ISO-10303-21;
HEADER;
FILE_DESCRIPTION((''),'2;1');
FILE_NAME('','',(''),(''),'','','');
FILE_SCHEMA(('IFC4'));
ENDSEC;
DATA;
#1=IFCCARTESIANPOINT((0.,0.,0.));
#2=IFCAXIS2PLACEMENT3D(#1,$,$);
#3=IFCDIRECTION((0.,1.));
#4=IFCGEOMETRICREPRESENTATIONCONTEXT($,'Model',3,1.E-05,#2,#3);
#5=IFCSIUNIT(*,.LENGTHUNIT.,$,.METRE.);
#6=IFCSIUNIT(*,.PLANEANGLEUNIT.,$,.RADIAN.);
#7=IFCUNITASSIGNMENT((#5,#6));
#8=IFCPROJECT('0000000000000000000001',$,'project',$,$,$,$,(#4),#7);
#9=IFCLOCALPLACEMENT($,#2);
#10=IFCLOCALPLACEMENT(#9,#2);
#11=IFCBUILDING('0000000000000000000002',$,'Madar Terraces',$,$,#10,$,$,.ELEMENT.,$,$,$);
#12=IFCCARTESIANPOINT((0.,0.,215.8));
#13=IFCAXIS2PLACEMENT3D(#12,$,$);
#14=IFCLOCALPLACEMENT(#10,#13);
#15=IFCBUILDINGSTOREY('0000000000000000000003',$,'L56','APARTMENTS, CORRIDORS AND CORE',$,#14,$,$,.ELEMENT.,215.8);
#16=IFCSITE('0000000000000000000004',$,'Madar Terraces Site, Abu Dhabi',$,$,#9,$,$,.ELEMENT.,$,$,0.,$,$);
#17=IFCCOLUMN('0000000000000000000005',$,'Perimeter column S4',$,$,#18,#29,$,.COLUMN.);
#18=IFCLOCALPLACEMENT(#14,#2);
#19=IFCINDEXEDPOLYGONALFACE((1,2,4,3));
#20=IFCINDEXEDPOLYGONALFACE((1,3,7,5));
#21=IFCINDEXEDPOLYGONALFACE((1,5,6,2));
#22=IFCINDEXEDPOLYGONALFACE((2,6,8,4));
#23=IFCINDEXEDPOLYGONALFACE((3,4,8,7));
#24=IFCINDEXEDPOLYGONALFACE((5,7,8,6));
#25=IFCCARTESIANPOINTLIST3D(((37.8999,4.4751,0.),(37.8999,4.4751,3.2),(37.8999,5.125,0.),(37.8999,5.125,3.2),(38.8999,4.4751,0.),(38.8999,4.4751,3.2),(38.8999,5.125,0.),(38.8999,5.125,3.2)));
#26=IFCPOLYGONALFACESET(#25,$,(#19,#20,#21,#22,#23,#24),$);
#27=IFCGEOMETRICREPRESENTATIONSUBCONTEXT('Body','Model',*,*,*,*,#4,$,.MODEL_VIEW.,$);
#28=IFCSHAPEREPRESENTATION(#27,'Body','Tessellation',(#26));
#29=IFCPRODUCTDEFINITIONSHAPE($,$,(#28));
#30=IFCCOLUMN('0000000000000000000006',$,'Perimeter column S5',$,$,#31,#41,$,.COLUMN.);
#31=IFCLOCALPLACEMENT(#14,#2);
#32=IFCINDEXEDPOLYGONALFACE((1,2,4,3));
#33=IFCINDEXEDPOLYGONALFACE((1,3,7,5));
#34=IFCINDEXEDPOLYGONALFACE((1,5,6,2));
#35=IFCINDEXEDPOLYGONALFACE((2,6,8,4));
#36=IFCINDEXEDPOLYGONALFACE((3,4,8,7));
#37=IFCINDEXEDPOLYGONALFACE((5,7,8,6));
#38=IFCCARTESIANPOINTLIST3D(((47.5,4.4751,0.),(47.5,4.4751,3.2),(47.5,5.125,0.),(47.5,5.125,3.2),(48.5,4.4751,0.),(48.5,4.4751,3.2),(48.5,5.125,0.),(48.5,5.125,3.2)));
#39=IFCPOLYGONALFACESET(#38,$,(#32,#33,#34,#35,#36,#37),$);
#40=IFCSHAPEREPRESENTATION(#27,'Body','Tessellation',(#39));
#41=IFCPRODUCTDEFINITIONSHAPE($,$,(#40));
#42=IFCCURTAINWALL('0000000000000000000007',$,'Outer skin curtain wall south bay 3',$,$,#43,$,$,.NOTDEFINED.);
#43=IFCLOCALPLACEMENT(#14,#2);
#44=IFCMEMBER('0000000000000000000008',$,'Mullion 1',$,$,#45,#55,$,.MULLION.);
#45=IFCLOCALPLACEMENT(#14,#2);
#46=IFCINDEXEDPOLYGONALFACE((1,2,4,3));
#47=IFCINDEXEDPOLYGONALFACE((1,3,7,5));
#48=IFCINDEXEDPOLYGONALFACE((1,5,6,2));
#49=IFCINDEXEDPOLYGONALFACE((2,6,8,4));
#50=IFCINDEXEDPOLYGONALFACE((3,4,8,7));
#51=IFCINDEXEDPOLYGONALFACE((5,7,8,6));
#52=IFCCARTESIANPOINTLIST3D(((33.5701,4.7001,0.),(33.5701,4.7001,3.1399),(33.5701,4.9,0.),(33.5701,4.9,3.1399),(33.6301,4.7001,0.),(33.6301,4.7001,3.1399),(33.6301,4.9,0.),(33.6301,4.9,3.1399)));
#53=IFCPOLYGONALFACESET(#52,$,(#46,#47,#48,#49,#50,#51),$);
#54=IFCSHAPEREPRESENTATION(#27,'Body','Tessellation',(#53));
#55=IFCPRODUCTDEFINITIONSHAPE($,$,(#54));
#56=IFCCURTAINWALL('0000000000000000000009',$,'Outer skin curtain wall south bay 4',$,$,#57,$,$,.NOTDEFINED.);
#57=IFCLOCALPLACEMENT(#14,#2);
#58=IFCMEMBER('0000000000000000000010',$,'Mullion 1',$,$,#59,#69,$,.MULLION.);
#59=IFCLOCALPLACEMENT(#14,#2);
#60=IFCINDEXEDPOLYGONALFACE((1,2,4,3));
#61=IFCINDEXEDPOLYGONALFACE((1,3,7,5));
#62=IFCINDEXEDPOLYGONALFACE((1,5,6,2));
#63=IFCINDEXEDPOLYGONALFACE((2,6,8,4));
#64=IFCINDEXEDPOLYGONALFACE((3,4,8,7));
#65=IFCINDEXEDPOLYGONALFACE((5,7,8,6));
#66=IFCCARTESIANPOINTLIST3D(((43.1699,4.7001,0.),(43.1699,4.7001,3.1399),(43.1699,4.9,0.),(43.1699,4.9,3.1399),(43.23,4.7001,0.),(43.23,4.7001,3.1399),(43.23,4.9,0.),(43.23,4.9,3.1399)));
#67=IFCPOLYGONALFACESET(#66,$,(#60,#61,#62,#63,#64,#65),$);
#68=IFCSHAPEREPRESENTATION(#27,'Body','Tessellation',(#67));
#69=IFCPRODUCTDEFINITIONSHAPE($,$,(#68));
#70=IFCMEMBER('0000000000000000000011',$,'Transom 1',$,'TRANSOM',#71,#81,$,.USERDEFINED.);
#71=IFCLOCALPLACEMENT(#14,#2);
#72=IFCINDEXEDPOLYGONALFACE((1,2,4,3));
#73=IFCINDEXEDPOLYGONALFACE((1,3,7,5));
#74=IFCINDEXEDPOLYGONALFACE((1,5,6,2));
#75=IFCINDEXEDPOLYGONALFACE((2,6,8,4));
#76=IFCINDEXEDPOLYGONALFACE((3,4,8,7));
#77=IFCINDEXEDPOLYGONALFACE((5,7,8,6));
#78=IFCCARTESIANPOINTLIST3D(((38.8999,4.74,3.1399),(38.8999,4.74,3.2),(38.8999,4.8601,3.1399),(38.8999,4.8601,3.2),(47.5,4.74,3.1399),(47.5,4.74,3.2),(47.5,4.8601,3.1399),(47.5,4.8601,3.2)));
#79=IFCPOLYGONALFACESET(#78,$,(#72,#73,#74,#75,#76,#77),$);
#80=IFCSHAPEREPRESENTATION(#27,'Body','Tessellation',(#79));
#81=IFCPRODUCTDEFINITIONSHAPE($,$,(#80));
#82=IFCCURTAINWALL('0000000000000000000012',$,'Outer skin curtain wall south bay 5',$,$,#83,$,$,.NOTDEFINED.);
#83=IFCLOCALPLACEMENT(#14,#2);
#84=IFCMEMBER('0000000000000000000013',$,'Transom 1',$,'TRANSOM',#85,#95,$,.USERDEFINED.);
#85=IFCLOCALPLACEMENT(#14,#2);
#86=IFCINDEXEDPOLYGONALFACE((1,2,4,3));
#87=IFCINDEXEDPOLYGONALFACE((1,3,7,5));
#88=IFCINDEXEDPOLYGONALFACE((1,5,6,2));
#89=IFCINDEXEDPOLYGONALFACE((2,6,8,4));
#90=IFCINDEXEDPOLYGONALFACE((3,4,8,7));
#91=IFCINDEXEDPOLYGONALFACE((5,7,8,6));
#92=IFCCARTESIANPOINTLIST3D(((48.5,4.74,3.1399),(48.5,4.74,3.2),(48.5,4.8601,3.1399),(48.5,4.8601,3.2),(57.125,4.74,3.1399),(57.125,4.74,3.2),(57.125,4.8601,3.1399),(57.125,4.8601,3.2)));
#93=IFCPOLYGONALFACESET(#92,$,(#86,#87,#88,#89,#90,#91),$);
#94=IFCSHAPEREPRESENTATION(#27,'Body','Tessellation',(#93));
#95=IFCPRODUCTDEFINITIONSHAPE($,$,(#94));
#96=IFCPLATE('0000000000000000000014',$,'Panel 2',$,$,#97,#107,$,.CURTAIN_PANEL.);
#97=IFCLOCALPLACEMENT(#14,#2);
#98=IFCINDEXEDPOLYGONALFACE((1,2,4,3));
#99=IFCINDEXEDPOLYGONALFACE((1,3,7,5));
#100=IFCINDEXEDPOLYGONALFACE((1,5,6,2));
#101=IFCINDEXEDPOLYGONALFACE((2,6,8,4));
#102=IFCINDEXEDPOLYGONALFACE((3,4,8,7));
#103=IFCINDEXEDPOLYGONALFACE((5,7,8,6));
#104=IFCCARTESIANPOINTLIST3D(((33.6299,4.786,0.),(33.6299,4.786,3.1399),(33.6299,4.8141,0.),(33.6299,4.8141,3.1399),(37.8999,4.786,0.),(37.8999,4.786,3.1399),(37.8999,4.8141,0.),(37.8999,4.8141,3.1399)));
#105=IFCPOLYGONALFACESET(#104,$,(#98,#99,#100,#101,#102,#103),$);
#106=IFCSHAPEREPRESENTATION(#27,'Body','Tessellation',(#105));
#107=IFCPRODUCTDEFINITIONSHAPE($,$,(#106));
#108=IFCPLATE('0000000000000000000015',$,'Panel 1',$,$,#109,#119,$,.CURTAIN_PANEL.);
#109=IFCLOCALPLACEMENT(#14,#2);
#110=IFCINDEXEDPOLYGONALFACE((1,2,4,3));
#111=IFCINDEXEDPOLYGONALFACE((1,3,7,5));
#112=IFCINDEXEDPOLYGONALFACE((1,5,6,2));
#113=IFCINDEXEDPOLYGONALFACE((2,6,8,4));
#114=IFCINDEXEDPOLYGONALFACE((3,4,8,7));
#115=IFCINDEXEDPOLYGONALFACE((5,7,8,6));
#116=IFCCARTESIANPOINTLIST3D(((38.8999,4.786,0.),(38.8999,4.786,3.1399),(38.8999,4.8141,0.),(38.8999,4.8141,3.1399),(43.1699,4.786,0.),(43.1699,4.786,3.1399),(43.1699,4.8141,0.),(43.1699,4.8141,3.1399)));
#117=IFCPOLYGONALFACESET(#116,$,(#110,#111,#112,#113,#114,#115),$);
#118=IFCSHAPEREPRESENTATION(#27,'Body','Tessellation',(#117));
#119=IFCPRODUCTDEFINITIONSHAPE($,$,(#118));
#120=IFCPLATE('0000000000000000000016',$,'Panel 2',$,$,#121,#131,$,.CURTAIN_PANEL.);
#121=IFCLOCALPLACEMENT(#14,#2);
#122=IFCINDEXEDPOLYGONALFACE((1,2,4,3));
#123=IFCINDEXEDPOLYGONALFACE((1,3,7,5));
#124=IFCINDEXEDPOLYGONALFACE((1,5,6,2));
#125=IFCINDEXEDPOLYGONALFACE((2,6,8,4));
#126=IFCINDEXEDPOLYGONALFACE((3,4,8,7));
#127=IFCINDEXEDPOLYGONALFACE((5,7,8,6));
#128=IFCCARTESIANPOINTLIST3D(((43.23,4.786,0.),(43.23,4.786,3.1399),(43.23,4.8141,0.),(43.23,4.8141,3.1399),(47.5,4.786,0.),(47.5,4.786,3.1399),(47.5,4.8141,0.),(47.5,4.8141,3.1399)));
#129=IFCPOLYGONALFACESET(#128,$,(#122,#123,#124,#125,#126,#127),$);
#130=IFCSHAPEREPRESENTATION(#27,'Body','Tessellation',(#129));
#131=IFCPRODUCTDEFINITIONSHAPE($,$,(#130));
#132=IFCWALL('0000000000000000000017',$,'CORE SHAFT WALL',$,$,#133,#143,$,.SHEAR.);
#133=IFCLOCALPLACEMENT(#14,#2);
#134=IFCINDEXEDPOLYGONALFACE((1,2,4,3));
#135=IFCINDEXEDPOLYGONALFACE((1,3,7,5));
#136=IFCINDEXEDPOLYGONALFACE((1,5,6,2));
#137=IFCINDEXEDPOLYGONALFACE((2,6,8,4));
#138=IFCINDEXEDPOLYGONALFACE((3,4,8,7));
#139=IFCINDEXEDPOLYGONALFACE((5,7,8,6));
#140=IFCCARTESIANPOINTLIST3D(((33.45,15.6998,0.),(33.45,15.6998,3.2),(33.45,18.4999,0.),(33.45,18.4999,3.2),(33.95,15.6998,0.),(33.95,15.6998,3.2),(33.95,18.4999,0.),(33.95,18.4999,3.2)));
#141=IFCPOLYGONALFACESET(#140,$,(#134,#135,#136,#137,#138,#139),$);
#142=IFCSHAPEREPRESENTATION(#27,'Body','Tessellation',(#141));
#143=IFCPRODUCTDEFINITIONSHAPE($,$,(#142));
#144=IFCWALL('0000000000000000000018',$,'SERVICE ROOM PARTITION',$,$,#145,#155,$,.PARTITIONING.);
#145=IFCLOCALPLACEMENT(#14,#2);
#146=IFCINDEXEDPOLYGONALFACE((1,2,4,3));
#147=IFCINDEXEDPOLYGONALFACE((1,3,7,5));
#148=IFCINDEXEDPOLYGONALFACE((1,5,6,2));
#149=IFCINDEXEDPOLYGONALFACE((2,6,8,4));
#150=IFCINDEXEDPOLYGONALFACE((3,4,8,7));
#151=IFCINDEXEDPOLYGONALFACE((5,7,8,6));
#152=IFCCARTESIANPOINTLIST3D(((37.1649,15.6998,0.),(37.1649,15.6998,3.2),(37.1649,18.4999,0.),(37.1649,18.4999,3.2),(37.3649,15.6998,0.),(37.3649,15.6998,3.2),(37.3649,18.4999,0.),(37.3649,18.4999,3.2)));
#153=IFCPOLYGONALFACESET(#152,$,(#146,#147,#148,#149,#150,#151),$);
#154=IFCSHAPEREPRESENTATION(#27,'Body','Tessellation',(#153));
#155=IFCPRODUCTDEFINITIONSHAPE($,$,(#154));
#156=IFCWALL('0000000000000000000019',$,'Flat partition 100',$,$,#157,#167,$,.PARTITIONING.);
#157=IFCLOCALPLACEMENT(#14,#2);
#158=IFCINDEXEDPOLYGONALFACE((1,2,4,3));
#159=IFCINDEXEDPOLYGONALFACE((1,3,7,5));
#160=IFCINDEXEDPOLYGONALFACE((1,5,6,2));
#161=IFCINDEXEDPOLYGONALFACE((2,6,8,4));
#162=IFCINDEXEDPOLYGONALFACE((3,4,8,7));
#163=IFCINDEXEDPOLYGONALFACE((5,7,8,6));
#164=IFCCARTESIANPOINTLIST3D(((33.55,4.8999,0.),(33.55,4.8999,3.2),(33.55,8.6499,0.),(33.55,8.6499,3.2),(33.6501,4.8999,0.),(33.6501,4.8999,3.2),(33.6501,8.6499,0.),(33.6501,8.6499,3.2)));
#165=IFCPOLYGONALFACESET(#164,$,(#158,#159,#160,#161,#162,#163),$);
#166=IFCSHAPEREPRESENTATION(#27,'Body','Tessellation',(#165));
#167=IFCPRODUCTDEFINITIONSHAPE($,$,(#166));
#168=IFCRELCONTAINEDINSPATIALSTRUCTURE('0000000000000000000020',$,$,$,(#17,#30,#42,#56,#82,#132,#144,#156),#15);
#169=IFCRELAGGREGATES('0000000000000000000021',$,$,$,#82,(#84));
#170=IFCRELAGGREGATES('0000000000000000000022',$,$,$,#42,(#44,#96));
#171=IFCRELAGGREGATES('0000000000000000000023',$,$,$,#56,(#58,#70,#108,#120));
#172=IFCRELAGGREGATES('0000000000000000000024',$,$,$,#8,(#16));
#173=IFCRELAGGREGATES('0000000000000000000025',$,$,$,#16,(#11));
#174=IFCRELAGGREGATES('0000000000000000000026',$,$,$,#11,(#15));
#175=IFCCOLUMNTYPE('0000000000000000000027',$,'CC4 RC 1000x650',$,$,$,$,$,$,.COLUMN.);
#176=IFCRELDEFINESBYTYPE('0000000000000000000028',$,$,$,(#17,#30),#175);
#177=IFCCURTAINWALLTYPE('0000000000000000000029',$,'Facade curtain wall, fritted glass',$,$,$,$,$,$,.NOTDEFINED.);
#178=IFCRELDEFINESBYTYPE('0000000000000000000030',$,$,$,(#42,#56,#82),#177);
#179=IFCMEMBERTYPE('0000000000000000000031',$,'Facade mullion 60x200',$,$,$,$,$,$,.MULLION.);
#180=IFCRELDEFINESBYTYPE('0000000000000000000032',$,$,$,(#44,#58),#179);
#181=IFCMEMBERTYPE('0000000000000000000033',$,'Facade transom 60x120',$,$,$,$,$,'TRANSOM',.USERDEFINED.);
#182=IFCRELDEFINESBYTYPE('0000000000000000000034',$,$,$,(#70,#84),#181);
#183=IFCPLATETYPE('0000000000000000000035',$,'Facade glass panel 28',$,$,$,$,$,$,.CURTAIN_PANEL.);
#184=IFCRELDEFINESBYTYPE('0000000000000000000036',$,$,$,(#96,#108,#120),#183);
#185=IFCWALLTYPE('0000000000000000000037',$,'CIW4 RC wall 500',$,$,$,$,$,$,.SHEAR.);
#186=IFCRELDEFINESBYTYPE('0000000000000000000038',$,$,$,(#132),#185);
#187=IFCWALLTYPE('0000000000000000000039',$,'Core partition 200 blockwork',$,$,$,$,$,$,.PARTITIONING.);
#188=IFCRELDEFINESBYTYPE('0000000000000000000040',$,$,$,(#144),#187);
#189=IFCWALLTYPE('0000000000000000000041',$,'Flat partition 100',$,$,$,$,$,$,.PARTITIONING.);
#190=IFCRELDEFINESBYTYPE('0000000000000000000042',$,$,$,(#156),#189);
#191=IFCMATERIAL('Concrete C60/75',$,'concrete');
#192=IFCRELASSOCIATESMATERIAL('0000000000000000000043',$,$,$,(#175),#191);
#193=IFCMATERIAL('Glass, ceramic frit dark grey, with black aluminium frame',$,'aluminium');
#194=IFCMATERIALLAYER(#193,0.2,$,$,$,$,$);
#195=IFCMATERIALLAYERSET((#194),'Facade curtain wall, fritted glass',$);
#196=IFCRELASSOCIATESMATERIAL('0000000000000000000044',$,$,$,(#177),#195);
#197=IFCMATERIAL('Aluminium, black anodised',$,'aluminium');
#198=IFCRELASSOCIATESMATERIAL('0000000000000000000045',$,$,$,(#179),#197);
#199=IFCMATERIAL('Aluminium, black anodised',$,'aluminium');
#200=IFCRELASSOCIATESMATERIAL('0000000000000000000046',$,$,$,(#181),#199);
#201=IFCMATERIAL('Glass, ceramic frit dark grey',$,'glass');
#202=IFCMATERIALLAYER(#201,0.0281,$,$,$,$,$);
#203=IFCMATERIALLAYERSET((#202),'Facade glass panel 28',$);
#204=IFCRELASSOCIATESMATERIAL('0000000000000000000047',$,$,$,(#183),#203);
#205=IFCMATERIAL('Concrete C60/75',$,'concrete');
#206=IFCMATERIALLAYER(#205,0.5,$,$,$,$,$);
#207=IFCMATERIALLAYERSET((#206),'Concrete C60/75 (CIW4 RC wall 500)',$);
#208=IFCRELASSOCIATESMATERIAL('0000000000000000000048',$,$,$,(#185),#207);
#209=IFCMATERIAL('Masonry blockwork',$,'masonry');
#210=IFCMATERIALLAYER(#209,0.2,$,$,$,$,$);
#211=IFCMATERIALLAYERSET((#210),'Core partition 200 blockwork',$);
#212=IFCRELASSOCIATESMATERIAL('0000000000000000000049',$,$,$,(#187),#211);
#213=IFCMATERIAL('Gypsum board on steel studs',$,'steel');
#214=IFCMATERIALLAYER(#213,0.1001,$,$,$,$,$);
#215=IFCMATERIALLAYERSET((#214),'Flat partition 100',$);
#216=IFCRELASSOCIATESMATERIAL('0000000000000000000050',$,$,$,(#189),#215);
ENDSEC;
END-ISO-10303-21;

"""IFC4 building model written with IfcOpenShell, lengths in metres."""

from ifc_helpers import new_model, si_unit, direction, frame, frame_2d, origin, origin_2d, place, context, subcontext, project, spatial, rectangle, extrude, material, layer, layer_set, material_profile, profile_set, type_object, element, aggregate, save


model = new_model("IFC4")

# Units and contexts
model_context = context("Model", 3, precision=1e-05, world=origin(), true_north=direction((0.0, 1.0)))
body_context = subcontext(model_context, "Body", "Model", "MODEL_VIEW")
ifc_project = project(units=[si_unit("LENGTHUNIT", "METRE"), si_unit("PLANEANGLEUNIT", "RADIAN")], contexts=[model_context])

# Site, building, storey
site_placement = place(None, origin())
site = spatial("IfcSite", under=ifc_project, at=site_placement, Name="Madar Terraces Site, Abu Dhabi", CompositionType="ELEMENT", RefElevation=0.0)
building_placement = place(site_placement, origin())
building = spatial("IfcBuilding", under=site, at=building_placement, Name="Madar Terraces", CompositionType="ELEMENT")
storey_placement = place(building_placement, frame((0.0, 0.0, 215.8)))
storey = spatial("IfcBuildingStorey", under=building, at=storey_placement, Name="L56", Description="APARTMENTS, CORRIDORS AND CORE", CompositionType="ELEMENT", Elevation=215.8)

# Columns
ifc_material_1 = material(Name="Concrete C60/75", Category="concrete")
ifc_material_profile_1 = material_profile(ifc_material_1, rectangle(XDim=1.0, YDim=0.6499, at=origin_2d()), Name="CC4 RC 1000x650")
ifc_profile_set_1 = profile_set([ifc_material_profile_1], Name="Concrete C60/75")
column_type = type_object("IfcColumnType", Name="CC4 RC 1000x650", PredefinedType="COLUMN", material=ifc_profile_set_1)
for number, where, z_axis, x_axis, name in (
    (1, (38.3999, 4.8, 0.0), (0.0, 0.0, 1.0), (1.0, 0.0, 0.0), "Perimeter column S4"),
    (2, (48.0, 4.8, 0.0), (0.0, 0.0, 1.0), (1.0, 0.0, 0.0), "Perimeter column S5"),
):
    element("IfcColumn", number, at=place(storey_placement, frame(where, z_axis=z_axis, x_axis=x_axis)), inside=storey, type_object=column_type, Name=name, PredefinedType="COLUMN", context=body_context, shape_type="SweptSolid", body=[
        extrude(rectangle(XDim=1.0, YDim=0.6499, at=origin_2d()), origin(), (0.0, 0.0, 1.0), 3.2),
    ])

# Curtain wall, member
ifc_material_2 = material(Name="Glass, ceramic frit dark grey, with black aluminium frame", Category="aluminium")
ifc_layer_1 = layer(ifc_material_2, 0.2)
ifc_layer_set_1 = layer_set([ifc_layer_1], Name="Facade curtain wall, fritted glass")
curtain_wall_type = type_object("IfcCurtainWallType", Name="Facade curtain wall, fritted glass", PredefinedType="NOTDEFINED", material=ifc_layer_set_1)
curtain_wall_1_placement = place(storey_placement, origin())
curtain_wall_1 = element("IfcCurtainWall", 3, at=curtain_wall_1_placement, inside=storey, type_object=curtain_wall_type, Name="Outer skin curtain wall south bay 3", PredefinedType="NOTDEFINED")
ifc_material_3 = material(Name="Aluminium, black anodised", Category="aluminium")
ifc_material_profile_2 = material_profile(ifc_material_3, rectangle(XDim=0.2, YDim=0.0601, at=origin_2d()), Name="Facade mullion 60x200")
ifc_profile_set_2 = profile_set([ifc_material_profile_2], Name="Aluminium, black anodised")
member_type_1 = type_object("IfcMemberType", Name="Facade mullion 60x200", PredefinedType="MULLION", material=ifc_profile_set_2)
member_1_placement = place(storey_placement, frame((33.6001, 4.8, 0.0), z_axis=(0.0, 0.0, 1.0), x_axis=(0.0, 1.0, 0.0)))
member_1 = element("IfcMember", 4, at=member_1_placement, type_object=member_type_1, Name="Mullion 1", PredefinedType="MULLION", context=body_context, shape_type="SweptSolid", body=[
    extrude(rectangle(XDim=0.2, YDim=0.0601, at=origin_2d()), origin(), (0.0, 0.0, 1.0), 3.1399),
])

# Curtain wall, members
curtain_wall_2_placement = place(storey_placement, origin())
curtain_wall_2 = element("IfcCurtainWall", 5, at=curtain_wall_2_placement, inside=storey, type_object=curtain_wall_type, Name="Outer skin curtain wall south bay 4", PredefinedType="NOTDEFINED")
member_2_placement = place(storey_placement, frame((43.2, 4.8, 0.0), z_axis=(0.0, 0.0, 1.0), x_axis=(0.0, 1.0, 0.0)))
member_2 = element("IfcMember", 6, at=member_2_placement, type_object=member_type_1, Name="Mullion 1", PredefinedType="MULLION", context=body_context, shape_type="SweptSolid", body=[
    extrude(rectangle(XDim=0.2, YDim=0.0601, at=origin_2d()), origin(), (0.0, 0.0, 1.0), 3.1399),
])
ifc_material_4 = material(Name="Aluminium, black anodised", Category="aluminium")
ifc_material_profile_3 = material_profile(ifc_material_4, rectangle(XDim=0.1201, YDim=0.0601, at=origin_2d()), Name="Facade transom 60x120")
ifc_profile_set_3 = profile_set([ifc_material_profile_3], Name="Aluminium, black anodised")
member_type_2 = type_object("IfcMemberType", Name="Facade transom 60x120", ElementType="TRANSOM", PredefinedType="USERDEFINED", material=ifc_profile_set_3)
member_3_placement = place(storey_placement, frame((38.8999, 4.8, 3.1699), z_axis=(1.0, 0.0, 0.0), x_axis=(0.0, 1.0, 0.0)))
member_3 = element("IfcMember", 7, at=member_3_placement, type_object=member_type_2, Name="Transom 1", ObjectType="TRANSOM", PredefinedType="USERDEFINED", context=body_context, shape_type="SweptSolid", body=[
    extrude(rectangle(XDim=0.1201, YDim=0.0601, at=origin_2d()), origin(), (0.0, 0.0, 1.0), 8.6001),
])

# Curtain wall, member
curtain_wall_3_placement = place(storey_placement, origin())
curtain_wall_3 = element("IfcCurtainWall", 8, at=curtain_wall_3_placement, inside=storey, type_object=curtain_wall_type, Name="Outer skin curtain wall south bay 5", PredefinedType="NOTDEFINED")
member_4_placement = place(storey_placement, frame((48.5, 4.8, 3.1699), z_axis=(1.0, 0.0, 0.0), x_axis=(0.0, 1.0, 0.0)))
member_4 = element("IfcMember", 9, at=member_4_placement, type_object=member_type_2, Name="Transom 1", ObjectType="TRANSOM", PredefinedType="USERDEFINED", context=body_context, shape_type="SweptSolid", body=[
    extrude(rectangle(XDim=0.1201, YDim=0.0601, at=origin_2d()), origin(), (0.0, 0.0, 1.0), 8.625),
])
aggregate(curtain_wall_3, [member_4])

# Plates
ifc_material_5 = material(Name="Glass, ceramic frit dark grey", Category="glass")
ifc_layer_2 = layer(ifc_material_5, 0.0281)
ifc_layer_set_2 = layer_set([ifc_layer_2], Name="Facade glass panel 28")
plate_type = type_object("IfcPlateType", Name="Facade glass panel 28", PredefinedType="CURTAIN_PANEL", material=ifc_layer_set_2)
plate_1_placement = place(storey_placement, frame((35.7649, 4.8, 0.0), z_axis=(0.0, 0.0, 1.0), x_axis=(1.0, 0.0, 0.0)))
plate_1 = element("IfcPlate", 10, at=plate_1_placement, type_object=plate_type, Name="Panel 2", PredefinedType="CURTAIN_PANEL", context=body_context, shape_type="SweptSolid", body=[
    extrude(rectangle(XDim=4.27, YDim=0.0281, at=origin_2d()), origin(), (0.0, 0.0, 1.0), 3.1399),
])
aggregate(curtain_wall_1, [member_1, plate_1])
plate_2_placement = place(storey_placement, frame((41.0349, 4.8, 0.0), z_axis=(0.0, 0.0, 1.0), x_axis=(1.0, 0.0, 0.0)))
plate_2 = element("IfcPlate", 11, at=plate_2_placement, type_object=plate_type, Name="Panel 1", PredefinedType="CURTAIN_PANEL", context=body_context, shape_type="SweptSolid", body=[
    extrude(rectangle(XDim=4.27, YDim=0.0281, at=origin_2d()), origin(), (0.0, 0.0, 1.0), 3.1399),
])
plate_3_placement = place(storey_placement, frame((45.365, 4.8, 0.0), z_axis=(0.0, 0.0, 1.0), x_axis=(1.0, 0.0, 0.0)))
plate_3 = element("IfcPlate", 12, at=plate_3_placement, type_object=plate_type, Name="Panel 2", PredefinedType="CURTAIN_PANEL", context=body_context, shape_type="SweptSolid", body=[
    extrude(rectangle(XDim=4.27, YDim=0.0281, at=origin_2d()), origin(), (0.0, 0.0, 1.0), 3.1399),
])
aggregate(curtain_wall_2, [member_2, member_3, plate_2, plate_3])

# Walls
ifc_material_6 = material(Name="Concrete C60/75", Category="concrete")
ifc_layer_3 = layer(ifc_material_6, 0.5)
ifc_layer_set_3 = layer_set([ifc_layer_3], Name="Concrete C60/75 (CIW4 RC wall 500)")
wall_type_1 = type_object("IfcWallType", Name="CIW4 RC wall 500", PredefinedType="SHEAR", material=ifc_layer_set_3)
wall_1_placement = place(storey_placement, frame((33.7, 15.7, 0.0), z_axis=(0.0, 0.0, 1.0), x_axis=(0.0, 1.0, 0.0)))
element("IfcWall", 13, at=wall_1_placement, inside=storey, type_object=wall_type_1, Name="CORE SHAFT WALL", PredefinedType="SHEAR", context=body_context, shape_type="SweptSolid", body=[
    extrude(rectangle(XDim=2.8, YDim=0.5, at=frame_2d((1.3999, 0.0))), origin(), (0.0, 0.0, 1.0), 3.2),
])
ifc_material_7 = material(Name="Masonry blockwork", Category="masonry")
ifc_layer_4 = layer(ifc_material_7, 0.2)
ifc_layer_set_4 = layer_set([ifc_layer_4], Name="Core partition 200 blockwork")
wall_type_2 = type_object("IfcWallType", Name="Core partition 200 blockwork", PredefinedType="PARTITIONING", material=ifc_layer_set_4)
wall_2_placement = place(storey_placement, frame((37.2649, 15.7, 0.0), z_axis=(0.0, 0.0, 1.0), x_axis=(0.0, 1.0, 0.0)))
element("IfcWall", 14, at=wall_2_placement, inside=storey, type_object=wall_type_2, Name="SERVICE ROOM PARTITION", PredefinedType="PARTITIONING", context=body_context, shape_type="SweptSolid", body=[
    extrude(rectangle(XDim=2.8, YDim=0.2, at=frame_2d((1.3999, 0.0))), origin(), (0.0, 0.0, 1.0), 3.2),
])
ifc_material_8 = material(Name="Gypsum board on steel studs", Category="steel")
ifc_layer_5 = layer(ifc_material_8, 0.1001)
ifc_layer_set_5 = layer_set([ifc_layer_5], Name="Flat partition 100")
wall_type_3 = type_object("IfcWallType", Name="Flat partition 100", PredefinedType="PARTITIONING", material=ifc_layer_set_5)
wall_3_placement = place(storey_placement, frame((33.6001, 8.6499, 0.0), z_axis=(0.0, 0.0, 1.0), x_axis=(0.0, -1.0, 0.0)))
element("IfcWall", 15, at=wall_3_placement, inside=storey, type_object=wall_type_3, Name="Flat partition 100", PredefinedType="PARTITIONING", context=body_context, shape_type="SweptSolid", body=[
    extrude(rectangle(XDim=3.75, YDim=0.1001, at=frame_2d((1.875, 0.0))), origin(), (0.0, 0.0, 1.0), 3.2),
])

save(model, "model.ifc")
